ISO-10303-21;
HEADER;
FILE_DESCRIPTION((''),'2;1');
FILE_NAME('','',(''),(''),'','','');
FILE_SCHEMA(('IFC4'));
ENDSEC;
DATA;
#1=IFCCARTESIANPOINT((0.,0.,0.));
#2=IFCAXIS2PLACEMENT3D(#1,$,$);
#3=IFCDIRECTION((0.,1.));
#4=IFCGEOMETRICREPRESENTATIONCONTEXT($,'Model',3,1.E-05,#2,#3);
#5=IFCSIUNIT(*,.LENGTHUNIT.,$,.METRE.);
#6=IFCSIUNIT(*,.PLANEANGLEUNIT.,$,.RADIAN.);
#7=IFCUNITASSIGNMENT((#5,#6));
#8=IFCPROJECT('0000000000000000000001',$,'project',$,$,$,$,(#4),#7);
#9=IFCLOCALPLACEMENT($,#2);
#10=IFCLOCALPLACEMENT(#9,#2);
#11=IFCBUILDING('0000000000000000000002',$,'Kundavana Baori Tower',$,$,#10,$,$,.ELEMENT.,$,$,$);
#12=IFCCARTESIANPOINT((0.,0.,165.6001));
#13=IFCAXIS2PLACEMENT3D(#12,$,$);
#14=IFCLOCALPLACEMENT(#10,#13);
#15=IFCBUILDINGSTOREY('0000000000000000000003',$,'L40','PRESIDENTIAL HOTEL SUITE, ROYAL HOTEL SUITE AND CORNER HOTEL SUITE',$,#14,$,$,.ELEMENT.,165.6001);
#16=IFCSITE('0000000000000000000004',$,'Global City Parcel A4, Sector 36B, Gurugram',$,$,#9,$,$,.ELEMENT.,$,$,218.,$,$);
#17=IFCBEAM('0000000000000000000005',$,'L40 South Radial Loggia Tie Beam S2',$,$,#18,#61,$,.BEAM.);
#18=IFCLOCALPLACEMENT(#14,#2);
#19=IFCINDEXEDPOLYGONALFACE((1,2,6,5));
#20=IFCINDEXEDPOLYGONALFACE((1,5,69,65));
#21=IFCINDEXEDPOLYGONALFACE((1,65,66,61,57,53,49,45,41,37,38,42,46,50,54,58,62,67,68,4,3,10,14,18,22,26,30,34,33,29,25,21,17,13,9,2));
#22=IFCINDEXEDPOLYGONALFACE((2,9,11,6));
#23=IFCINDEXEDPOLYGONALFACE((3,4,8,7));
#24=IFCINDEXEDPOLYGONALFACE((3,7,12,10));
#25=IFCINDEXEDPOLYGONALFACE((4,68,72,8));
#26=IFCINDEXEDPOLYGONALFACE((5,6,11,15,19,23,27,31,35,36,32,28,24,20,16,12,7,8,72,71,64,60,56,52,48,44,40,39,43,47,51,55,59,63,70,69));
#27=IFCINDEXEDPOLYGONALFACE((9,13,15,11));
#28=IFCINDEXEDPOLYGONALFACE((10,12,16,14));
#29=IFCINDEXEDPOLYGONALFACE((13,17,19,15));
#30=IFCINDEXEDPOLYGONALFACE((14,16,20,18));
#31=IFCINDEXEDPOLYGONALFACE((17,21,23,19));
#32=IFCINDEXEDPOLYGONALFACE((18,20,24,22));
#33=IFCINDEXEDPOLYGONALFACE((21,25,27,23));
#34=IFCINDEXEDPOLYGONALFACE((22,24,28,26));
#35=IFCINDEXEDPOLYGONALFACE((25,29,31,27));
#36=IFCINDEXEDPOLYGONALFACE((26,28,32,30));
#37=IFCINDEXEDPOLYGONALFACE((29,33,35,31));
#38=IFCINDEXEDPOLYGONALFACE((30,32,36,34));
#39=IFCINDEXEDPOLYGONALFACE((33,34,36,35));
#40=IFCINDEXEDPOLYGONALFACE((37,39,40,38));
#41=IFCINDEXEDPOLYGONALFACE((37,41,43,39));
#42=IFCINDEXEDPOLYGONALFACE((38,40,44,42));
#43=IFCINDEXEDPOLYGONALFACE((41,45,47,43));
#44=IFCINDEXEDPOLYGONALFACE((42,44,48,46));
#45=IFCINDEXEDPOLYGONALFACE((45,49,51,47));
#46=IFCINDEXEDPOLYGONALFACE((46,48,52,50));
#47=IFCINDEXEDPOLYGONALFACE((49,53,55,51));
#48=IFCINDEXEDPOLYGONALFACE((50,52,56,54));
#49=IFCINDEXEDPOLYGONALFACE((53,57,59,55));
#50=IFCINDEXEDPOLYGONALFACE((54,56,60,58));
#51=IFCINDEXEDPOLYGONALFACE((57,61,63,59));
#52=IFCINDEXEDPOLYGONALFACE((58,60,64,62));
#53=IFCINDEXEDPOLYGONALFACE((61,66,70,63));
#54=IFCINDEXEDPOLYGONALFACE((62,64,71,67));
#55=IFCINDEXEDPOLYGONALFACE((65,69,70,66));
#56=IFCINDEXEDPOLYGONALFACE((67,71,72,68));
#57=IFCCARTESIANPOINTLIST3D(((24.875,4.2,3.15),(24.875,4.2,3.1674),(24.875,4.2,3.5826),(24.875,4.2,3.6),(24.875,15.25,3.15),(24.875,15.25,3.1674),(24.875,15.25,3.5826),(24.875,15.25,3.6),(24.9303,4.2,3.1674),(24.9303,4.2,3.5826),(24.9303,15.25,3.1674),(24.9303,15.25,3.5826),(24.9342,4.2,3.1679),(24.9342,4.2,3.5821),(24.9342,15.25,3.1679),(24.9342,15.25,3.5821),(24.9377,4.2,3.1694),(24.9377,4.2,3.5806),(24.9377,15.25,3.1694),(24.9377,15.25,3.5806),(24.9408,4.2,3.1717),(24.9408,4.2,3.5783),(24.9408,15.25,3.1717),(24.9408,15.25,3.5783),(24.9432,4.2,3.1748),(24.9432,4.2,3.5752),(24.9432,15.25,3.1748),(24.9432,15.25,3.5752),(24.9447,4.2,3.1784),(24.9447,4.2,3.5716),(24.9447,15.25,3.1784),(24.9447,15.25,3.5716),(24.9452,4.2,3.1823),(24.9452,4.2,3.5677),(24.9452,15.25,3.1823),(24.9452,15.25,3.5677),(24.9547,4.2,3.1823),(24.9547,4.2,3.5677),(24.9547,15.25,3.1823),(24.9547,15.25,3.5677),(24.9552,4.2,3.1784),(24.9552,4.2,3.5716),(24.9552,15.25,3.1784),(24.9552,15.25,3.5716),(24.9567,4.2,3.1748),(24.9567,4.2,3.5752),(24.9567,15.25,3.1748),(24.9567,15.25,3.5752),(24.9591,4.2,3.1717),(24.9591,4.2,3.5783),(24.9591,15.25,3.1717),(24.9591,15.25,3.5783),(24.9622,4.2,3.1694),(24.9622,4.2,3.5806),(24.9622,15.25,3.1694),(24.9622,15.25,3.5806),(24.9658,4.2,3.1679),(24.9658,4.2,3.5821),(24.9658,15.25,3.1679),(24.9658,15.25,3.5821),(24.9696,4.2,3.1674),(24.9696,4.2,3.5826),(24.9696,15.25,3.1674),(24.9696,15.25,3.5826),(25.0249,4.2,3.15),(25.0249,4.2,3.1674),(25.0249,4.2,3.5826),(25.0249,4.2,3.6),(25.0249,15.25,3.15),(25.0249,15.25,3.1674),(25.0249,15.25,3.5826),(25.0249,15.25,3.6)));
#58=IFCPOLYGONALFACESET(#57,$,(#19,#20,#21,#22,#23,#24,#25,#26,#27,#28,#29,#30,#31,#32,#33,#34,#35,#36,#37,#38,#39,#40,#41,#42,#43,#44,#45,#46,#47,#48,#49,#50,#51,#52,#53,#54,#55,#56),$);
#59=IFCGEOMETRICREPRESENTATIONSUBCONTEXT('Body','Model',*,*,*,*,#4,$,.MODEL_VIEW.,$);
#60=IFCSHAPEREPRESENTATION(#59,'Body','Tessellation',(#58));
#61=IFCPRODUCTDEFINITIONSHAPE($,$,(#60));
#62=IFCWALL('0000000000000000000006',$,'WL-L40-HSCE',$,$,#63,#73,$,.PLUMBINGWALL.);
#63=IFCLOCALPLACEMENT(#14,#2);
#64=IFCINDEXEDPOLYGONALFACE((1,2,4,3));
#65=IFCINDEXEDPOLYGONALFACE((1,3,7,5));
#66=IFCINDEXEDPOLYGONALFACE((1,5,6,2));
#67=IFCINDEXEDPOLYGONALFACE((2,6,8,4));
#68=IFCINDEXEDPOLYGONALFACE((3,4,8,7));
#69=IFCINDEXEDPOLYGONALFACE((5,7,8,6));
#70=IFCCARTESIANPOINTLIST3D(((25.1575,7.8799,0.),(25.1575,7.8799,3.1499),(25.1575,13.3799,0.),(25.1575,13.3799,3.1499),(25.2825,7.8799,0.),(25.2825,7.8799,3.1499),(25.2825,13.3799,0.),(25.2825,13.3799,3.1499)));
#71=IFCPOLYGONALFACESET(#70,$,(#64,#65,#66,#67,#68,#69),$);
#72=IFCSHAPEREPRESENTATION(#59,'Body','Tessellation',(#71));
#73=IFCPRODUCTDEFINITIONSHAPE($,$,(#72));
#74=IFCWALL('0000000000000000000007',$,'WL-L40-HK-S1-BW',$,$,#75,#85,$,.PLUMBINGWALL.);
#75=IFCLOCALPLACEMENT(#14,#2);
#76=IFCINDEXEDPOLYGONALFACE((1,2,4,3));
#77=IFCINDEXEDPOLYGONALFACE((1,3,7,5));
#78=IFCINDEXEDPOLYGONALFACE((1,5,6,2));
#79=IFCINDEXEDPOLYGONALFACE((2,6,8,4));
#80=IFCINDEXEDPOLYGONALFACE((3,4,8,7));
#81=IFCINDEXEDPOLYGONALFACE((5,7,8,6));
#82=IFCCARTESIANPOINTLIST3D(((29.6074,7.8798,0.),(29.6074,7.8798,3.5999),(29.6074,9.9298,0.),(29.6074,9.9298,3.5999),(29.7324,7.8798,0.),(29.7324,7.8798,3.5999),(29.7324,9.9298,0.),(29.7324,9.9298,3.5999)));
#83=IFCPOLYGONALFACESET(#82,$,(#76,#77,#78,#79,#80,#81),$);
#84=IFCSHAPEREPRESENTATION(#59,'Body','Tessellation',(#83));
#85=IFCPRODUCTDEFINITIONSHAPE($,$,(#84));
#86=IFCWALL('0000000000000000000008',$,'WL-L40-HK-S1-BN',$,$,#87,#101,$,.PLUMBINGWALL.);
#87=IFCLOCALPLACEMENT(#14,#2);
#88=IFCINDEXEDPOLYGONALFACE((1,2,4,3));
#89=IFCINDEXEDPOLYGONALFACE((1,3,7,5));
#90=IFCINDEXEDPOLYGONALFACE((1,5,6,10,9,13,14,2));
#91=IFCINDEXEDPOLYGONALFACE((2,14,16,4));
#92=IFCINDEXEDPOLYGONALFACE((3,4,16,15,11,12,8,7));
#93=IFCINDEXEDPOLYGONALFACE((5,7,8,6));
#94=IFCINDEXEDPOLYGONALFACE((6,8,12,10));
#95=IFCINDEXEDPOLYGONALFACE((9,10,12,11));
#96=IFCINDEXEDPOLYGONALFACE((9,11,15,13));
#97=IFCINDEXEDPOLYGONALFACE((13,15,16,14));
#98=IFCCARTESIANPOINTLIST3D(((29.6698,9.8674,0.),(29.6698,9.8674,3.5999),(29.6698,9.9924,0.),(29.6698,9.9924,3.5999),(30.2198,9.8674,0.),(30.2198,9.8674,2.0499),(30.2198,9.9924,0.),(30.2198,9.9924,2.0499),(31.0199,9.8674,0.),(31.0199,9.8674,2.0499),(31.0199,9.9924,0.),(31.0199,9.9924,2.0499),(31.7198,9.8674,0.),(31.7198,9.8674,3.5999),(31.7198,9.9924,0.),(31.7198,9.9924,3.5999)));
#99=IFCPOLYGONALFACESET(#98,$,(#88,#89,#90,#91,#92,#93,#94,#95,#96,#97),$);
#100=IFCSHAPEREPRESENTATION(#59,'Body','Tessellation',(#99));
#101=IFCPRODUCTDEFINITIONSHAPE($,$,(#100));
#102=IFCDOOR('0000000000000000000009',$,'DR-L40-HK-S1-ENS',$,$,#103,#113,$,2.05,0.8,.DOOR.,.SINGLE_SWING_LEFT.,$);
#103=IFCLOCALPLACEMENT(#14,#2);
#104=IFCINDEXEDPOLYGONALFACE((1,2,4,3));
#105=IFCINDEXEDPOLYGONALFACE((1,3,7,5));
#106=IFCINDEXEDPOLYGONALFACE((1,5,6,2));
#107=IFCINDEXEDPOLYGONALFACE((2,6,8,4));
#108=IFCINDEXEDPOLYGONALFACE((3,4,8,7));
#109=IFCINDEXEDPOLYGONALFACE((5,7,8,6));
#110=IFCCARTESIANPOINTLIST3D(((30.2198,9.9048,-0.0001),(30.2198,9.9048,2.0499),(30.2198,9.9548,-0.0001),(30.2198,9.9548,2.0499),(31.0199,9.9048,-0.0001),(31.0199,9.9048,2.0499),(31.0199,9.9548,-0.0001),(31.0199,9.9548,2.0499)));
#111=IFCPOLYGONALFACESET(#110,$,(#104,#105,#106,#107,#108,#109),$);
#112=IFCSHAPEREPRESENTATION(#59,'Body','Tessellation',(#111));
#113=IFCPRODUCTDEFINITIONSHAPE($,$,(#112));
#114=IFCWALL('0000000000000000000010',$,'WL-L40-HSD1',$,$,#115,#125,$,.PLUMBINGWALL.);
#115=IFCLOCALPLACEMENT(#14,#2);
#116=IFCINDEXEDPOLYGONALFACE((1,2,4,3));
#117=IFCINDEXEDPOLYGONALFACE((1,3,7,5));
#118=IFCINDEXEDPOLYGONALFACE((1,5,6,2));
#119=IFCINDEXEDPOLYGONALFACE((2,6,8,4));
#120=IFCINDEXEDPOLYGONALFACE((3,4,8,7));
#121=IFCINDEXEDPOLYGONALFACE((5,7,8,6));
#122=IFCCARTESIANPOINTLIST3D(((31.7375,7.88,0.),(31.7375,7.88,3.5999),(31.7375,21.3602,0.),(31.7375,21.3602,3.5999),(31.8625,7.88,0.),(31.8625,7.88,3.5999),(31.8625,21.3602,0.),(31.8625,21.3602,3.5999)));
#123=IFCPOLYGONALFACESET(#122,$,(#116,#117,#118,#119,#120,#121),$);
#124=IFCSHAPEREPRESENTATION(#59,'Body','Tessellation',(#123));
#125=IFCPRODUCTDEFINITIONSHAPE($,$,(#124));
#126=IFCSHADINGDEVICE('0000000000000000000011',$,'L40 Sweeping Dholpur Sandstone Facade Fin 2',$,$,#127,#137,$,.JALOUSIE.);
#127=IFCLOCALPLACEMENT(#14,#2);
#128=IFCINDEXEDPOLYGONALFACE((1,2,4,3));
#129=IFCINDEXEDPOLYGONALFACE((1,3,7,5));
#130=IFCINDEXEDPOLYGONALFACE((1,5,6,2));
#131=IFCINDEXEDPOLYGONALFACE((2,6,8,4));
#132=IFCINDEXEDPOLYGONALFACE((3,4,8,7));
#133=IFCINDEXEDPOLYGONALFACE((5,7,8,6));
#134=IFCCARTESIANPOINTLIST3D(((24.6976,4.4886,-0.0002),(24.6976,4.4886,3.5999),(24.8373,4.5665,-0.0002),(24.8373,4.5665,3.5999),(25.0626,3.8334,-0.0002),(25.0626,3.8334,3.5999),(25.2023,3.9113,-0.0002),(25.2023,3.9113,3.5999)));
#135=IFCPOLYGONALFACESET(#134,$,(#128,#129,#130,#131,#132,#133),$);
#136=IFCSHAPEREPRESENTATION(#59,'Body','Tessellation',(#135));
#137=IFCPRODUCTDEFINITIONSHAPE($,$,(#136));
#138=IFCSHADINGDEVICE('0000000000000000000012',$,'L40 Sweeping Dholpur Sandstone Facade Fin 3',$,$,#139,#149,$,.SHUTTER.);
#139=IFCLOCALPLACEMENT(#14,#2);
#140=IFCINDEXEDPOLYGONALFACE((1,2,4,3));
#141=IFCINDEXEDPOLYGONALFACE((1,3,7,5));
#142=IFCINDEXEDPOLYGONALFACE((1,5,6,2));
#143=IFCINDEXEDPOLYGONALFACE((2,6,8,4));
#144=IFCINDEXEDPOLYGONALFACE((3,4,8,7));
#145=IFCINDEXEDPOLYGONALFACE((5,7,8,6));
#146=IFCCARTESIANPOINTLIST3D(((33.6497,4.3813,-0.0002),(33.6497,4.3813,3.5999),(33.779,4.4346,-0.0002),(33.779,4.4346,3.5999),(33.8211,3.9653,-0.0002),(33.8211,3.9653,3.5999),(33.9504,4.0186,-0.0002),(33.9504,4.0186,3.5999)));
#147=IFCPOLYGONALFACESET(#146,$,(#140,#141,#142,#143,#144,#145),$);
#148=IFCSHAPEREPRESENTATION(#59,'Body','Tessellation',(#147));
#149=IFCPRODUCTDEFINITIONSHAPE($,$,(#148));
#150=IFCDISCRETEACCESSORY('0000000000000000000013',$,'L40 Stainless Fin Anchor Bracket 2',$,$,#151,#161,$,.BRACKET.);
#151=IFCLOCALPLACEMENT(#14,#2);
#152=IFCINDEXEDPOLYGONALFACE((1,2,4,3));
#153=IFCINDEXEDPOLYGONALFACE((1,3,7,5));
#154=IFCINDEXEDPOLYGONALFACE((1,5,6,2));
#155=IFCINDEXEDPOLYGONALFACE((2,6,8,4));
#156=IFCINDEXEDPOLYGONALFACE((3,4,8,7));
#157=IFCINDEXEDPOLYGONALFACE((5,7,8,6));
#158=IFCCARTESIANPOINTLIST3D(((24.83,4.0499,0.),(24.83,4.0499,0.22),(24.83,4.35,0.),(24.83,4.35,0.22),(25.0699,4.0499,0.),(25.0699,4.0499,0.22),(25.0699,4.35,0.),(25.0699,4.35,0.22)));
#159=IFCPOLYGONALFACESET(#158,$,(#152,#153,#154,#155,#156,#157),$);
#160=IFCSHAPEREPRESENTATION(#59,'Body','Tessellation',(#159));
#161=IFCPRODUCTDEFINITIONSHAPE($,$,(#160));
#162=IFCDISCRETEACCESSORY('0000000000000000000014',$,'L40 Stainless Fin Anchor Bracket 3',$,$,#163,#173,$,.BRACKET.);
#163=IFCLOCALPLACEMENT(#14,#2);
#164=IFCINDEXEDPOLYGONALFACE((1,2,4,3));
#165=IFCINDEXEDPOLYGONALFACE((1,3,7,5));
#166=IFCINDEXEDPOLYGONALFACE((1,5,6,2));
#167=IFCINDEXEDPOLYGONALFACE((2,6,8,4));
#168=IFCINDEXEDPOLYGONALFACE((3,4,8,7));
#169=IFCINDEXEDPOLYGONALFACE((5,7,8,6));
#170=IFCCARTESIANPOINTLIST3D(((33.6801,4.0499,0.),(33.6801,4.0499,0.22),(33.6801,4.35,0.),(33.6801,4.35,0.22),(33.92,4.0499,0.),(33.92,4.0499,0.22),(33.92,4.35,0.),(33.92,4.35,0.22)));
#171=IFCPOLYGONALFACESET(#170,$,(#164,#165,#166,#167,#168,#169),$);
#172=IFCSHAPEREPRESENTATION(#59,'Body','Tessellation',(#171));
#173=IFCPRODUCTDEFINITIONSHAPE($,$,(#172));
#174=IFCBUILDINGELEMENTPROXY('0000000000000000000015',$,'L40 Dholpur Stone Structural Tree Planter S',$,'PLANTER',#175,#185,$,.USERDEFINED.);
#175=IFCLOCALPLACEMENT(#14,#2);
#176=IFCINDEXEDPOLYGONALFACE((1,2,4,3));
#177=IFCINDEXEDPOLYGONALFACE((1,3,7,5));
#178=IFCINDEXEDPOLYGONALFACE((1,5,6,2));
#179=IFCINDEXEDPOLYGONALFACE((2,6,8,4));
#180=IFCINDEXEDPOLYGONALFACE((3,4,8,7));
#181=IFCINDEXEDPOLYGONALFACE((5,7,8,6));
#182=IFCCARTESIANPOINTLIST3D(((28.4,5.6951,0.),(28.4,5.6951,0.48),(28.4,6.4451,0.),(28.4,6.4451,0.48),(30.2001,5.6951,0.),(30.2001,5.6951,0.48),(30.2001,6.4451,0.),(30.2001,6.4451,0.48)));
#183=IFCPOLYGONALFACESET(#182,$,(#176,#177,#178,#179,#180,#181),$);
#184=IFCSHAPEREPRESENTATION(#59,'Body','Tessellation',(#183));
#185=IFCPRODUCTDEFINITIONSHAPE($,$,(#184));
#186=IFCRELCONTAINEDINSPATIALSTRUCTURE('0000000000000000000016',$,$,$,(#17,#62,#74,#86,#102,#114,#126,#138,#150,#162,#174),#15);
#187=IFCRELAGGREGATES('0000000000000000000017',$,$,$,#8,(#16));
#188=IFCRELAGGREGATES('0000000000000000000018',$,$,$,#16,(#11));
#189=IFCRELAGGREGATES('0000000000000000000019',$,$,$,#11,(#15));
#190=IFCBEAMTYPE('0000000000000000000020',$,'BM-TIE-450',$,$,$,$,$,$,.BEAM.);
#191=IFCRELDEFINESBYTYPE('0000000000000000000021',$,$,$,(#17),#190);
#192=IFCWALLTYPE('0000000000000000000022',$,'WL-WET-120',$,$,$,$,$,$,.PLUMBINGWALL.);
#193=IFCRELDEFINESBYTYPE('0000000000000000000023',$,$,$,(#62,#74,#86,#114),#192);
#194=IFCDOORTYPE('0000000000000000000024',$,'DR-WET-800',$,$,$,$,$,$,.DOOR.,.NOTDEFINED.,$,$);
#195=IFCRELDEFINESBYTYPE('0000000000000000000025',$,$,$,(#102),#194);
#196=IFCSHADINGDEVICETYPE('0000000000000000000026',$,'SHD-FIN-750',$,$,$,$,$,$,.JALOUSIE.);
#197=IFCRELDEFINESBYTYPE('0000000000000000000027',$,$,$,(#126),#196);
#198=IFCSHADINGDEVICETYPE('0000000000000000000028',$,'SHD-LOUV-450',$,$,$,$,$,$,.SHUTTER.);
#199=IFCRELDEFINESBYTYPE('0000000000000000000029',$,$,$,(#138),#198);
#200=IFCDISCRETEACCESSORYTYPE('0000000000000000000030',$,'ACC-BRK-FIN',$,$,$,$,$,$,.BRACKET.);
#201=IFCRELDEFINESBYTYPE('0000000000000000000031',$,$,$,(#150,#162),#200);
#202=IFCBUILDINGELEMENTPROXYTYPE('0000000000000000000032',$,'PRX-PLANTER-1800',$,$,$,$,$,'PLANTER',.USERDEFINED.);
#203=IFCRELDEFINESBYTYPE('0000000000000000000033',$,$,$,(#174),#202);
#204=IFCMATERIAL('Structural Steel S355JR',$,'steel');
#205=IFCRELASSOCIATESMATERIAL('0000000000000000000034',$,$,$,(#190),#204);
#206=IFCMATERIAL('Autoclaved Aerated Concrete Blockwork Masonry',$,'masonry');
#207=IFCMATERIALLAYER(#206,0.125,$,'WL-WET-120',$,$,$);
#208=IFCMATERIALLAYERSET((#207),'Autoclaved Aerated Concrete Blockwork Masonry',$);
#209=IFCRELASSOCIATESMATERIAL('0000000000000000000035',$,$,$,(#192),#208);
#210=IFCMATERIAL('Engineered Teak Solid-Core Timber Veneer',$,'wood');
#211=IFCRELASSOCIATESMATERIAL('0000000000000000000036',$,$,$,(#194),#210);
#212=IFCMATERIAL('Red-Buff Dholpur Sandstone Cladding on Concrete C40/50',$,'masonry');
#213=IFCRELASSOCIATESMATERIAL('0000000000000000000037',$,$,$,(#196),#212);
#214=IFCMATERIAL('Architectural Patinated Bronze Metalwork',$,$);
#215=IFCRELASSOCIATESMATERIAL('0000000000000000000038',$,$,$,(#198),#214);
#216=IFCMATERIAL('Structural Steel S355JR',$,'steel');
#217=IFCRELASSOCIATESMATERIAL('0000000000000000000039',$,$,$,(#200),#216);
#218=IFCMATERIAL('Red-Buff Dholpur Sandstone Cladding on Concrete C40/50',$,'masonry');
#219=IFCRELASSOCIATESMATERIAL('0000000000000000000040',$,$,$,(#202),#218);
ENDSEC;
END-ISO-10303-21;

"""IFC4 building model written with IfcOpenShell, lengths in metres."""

from ifc_helpers import new_model, si_unit, direction, frame, frame_2d, origin, origin_2d, place, context, subcontext, project, spatial, rectangle, i_section, extrude, material, layer, layer_set, material_profile, profile_set, type_object, element, fill, save


model = new_model("IFC4")

# Units and contexts
model_context = context("Model", 3, precision=1e-05, world=origin(), true_north=direction((0.0, 1.0)))
body_context = subcontext(model_context, "Body", "Model", "MODEL_VIEW")
ifc_project = project(units=[si_unit("LENGTHUNIT", "METRE"), si_unit("PLANEANGLEUNIT", "RADIAN")], contexts=[model_context])

# Site, building, storey
site_placement = place(None, origin())
site = spatial("IfcSite", under=ifc_project, at=site_placement, Name="Global City Parcel A4, Sector 36B, Gurugram", CompositionType="ELEMENT", RefElevation=218.0)
building_placement = place(site_placement, origin())
building = spatial("IfcBuilding", under=site, at=building_placement, Name="Kundavana Baori Tower", CompositionType="ELEMENT")
storey_placement = place(building_placement, frame((0.0, 0.0, 165.6001)))
storey = spatial("IfcBuildingStorey", under=building, at=storey_placement, Name="L40", Description="PRESIDENTIAL HOTEL SUITE, ROYAL HOTEL SUITE AND CORNER HOTEL SUITE", CompositionType="ELEMENT", Elevation=165.6001)

# Beam
ifc_material_1 = material(Name="Structural Steel S355JR", Category="steel")
ifc_material_profile_1 = material_profile(ifc_material_1, i_section(OverallWidth=0.1499, OverallDepth=0.45, WebThickness=0.0095, FlangeThickness=0.0173, FilletRadius=0.0149, at=origin_2d()), Name="ISMB 450")
ifc_profile_set_1 = profile_set([ifc_material_profile_1], Name="Structural Steel S355JR")
beam_type_1 = type_object("IfcBeamType", Name="BM-TIE-450", PredefinedType="BEAM", material=ifc_profile_set_1)
beam_1_placement = place(storey_placement, frame((24.95, 15.25, 3.375), z_axis=(0.0, -1.0, 0.0), x_axis=(1.0, 0.0, 0.0)))
element("IfcBeam", 1, at=beam_1_placement, inside=storey, type_object=beam_type_1, Name="L40 South Radial Loggia Tie Beam S2", PredefinedType="BEAM", context=body_context, shape_type="SweptSolid", body=[
    extrude(i_section(OverallWidth=0.1499, OverallDepth=0.45, WebThickness=0.0095, FlangeThickness=0.0173, FilletRadius=0.0149, at=origin_2d()), origin(), (0.0, 0.0, 1.0), 11.05),
])

# Walls
ifc_material_2 = material(Name="Autoclaved Aerated Concrete Blockwork Masonry", Category="masonry")
ifc_layer = layer(ifc_material_2, 0.125, Name="WL-WET-120")
ifc_layer_set = layer_set([ifc_layer], Name="Autoclaved Aerated Concrete Blockwork Masonry")
wall_type = type_object("IfcWallType", Name="WL-WET-120", PredefinedType="PLUMBINGWALL", material=ifc_layer_set)
wall_1_placement = place(storey_placement, frame((25.22, 7.8799, 0.0), z_axis=(0.0, 0.0, 1.0), x_axis=(0.0, 1.0, 0.0)))
element("IfcWall", 2, at=wall_1_placement, inside=storey, type_object=wall_type, Name="WL-L40-HSCE", PredefinedType="PLUMBINGWALL", context=body_context, shape_type="SweptSolid", body=[
    extrude(rectangle(XDim=5.5, YDim=0.125, at=frame_2d((2.75, 0.0))), origin(), (0.0, 0.0, 1.0), 3.1499),
])
wall_2_placement = place(storey_placement, frame((29.6699, 7.8799, 0.0), z_axis=(0.0, 0.0, 1.0), x_axis=(0.0, 1.0, 0.0)))
element("IfcWall", 3, at=wall_2_placement, inside=storey, type_object=wall_type, Name="WL-L40-HK-S1-BW", PredefinedType="PLUMBINGWALL", context=body_context, shape_type="SweptSolid", body=[
    extrude(rectangle(XDim=2.05, YDim=0.125, at=frame_2d((1.0249, 0.0))), origin(), (0.0, 0.0, 1.0), 3.5999),
])

# Wall, opening, door
wall_3_placement = place(storey_placement, frame((29.6699, 9.9299, 0.0), z_axis=(0.0, 0.0, 1.0), x_axis=(1.0, 0.0, 0.0)))
wall_3 = element("IfcWall", 4, at=wall_3_placement, inside=storey, type_object=wall_type, Name="WL-L40-HK-S1-BN", PredefinedType="PLUMBINGWALL", context=body_context, shape_type="SweptSolid", body=[
    extrude(rectangle(XDim=2.05, YDim=0.125, at=frame_2d((1.0249, 0.0))), origin(), (0.0, 0.0, 1.0), 3.5999),
])
opening_placement = place(wall_3_placement, frame((0.55, 0.0, 0.0)))
opening = element("IfcOpeningElement", 5, at=opening_placement, cuts=wall_3, PredefinedType="OPENING", context=body_context, shape_type="SweptSolid", body=[
    extrude(rectangle(XDim=0.8, YDim=2.05, at=frame_2d((0.3999, 1.0249))), frame((0.0, 0.0725, 0.0), z_axis=(0.0, -1.0, 0.0), x_axis=(1.0, 0.0, 0.0)), (0.0, 0.0, 1.0), 0.145),
])
ifc_material_3 = material(Name="Engineered Teak Solid-Core Timber Veneer", Category="wood")
door_type = type_object("IfcDoorType", Name="DR-WET-800", OperationType="NOTDEFINED", PredefinedType="DOOR", material=ifc_material_3)
door_placement = place(opening_placement, origin())
door = element("IfcDoor", 6, at=door_placement, inside=storey, type_object=door_type, Name="DR-L40-HK-S1-ENS", OperationType="SINGLE_SWING_LEFT", OverallHeight=2.05, OverallWidth=0.8, PredefinedType="DOOR", context=body_context, shape_type="SweptSolid", body=[
    extrude(rectangle(XDim=0.8, YDim=2.05, at=frame_2d((0.3999, 1.0249))), frame((0.0, 0.0249, 0.0), z_axis=(0.0, -1.0, 0.0), x_axis=(1.0, 0.0, 0.0)), (0.0, 0.0, 1.0), 0.05),
])
fill(opening, door)

# Wall
wall_4_placement = place(storey_placement, frame((31.8, 7.8799, 0.0), z_axis=(0.0, 0.0, 1.0), x_axis=(0.0, 1.0, 0.0)))
element("IfcWall", 7, at=wall_4_placement, inside=storey, type_object=wall_type, Name="WL-L40-HSD1", PredefinedType="PLUMBINGWALL", context=body_context, shape_type="SweptSolid", body=[
    extrude(rectangle(XDim=13.4802, YDim=0.125, at=frame_2d((6.7402, 0.0))), origin(), (0.0, 0.0, 1.0), 3.5999),
])

# Shading devices
ifc_material_4 = material(Name="Red-Buff Dholpur Sandstone Cladding on Concrete C40/50", Category="masonry")
shading_device_type_1 = type_object("IfcShadingDeviceType", Name="SHD-FIN-750", PredefinedType="JALOUSIE", material=ifc_material_4)
shading_device_1_placement = place(storey_placement, frame((24.95, 4.2, -0.0002), z_axis=(0.0, 0.0, 1.0), x_axis=(0.873602, 0.48664, 0.0)))
element("IfcShadingDevice", 8, at=shading_device_1_placement, inside=storey, type_object=shading_device_type_1, Name="L40 Sweeping Dholpur Sandstone Facade Fin 2", PredefinedType="JALOUSIE", context=body_context, shape_type="SweptSolid", body=[
    extrude(rectangle(XDim=0.1599, YDim=0.75, at=origin_2d()), origin(), (0.0, 0.0, 1.0), 3.6001),
])
ifc_material_5 = material(Name="Architectural Patinated Bronze Metalwork")
shading_device_type_2 = type_object("IfcShadingDeviceType", Name="SHD-LOUV-450", PredefinedType="SHUTTER", material=ifc_material_5)
shading_device_2_placement = place(storey_placement, frame((33.8, 4.2, -0.0002), z_axis=(0.0, 0.0, 1.0), x_axis=(0.924613, 0.380909, 0.0)))
element("IfcShadingDevice", 9, at=shading_device_2_placement, inside=storey, type_object=shading_device_type_2, Name="L40 Sweeping Dholpur Sandstone Facade Fin 3", PredefinedType="SHUTTER", context=body_context, shape_type="SweptSolid", body=[
    extrude(rectangle(XDim=0.1399, YDim=0.45, at=origin_2d()), origin(), (0.0, 0.0, 1.0), 3.6001),
])

# Discrete accessories
ifc_material_6 = material(Name="Structural Steel S355JR", Category="steel")
discrete_accessory_type = type_object("IfcDiscreteAccessoryType", Name="ACC-BRK-FIN", PredefinedType="BRACKET", material=ifc_material_6)
for number, where, z_axis, x_axis, name in (
    (10, (24.95, 4.2, 0.0), (0.0, 0.0, 1.0), (1.0, 0.0, 0.0), "L40 Stainless Fin Anchor Bracket 2"),
    (11, (33.8, 4.2, 0.0), (0.0, 0.0, 1.0), (1.0, 0.0, 0.0), "L40 Stainless Fin Anchor Bracket 3"),
):
    element("IfcDiscreteAccessory", number, at=place(storey_placement, frame(where, z_axis=z_axis, x_axis=x_axis)), inside=storey, type_object=discrete_accessory_type, Name=name, PredefinedType="BRACKET", context=body_context, shape_type="SweptSolid", body=[
        extrude(rectangle(XDim=0.24, YDim=0.3, at=origin_2d()), origin(), (0.0, 0.0, 1.0), 0.22),
    ])

# Building element proxy
ifc_material_7 = material(Name="Red-Buff Dholpur Sandstone Cladding on Concrete C40/50", Category="masonry")
building_element_proxy_type = type_object("IfcBuildingElementProxyType", Name="PRX-PLANTER-1800", ElementType="PLANTER", PredefinedType="USERDEFINED", material=ifc_material_7)
proxy_placement = place(storey_placement, frame((29.3, 6.0701, 0.0), z_axis=(0.0, 0.0, 1.0), x_axis=(1.0, 0.0, 0.0)))
element("IfcBuildingElementProxy", 12, at=proxy_placement, inside=storey, type_object=building_element_proxy_type, Name="L40 Dholpur Stone Structural Tree Planter S", ObjectType="PLANTER", PredefinedType="USERDEFINED", context=body_context, shape_type="SweptSolid", body=[
    extrude(rectangle(XDim=1.8, YDim=0.75, at=origin_2d()), origin(), (0.0, 0.0, 1.0), 0.48),
])

save(model, "model.ifc")
